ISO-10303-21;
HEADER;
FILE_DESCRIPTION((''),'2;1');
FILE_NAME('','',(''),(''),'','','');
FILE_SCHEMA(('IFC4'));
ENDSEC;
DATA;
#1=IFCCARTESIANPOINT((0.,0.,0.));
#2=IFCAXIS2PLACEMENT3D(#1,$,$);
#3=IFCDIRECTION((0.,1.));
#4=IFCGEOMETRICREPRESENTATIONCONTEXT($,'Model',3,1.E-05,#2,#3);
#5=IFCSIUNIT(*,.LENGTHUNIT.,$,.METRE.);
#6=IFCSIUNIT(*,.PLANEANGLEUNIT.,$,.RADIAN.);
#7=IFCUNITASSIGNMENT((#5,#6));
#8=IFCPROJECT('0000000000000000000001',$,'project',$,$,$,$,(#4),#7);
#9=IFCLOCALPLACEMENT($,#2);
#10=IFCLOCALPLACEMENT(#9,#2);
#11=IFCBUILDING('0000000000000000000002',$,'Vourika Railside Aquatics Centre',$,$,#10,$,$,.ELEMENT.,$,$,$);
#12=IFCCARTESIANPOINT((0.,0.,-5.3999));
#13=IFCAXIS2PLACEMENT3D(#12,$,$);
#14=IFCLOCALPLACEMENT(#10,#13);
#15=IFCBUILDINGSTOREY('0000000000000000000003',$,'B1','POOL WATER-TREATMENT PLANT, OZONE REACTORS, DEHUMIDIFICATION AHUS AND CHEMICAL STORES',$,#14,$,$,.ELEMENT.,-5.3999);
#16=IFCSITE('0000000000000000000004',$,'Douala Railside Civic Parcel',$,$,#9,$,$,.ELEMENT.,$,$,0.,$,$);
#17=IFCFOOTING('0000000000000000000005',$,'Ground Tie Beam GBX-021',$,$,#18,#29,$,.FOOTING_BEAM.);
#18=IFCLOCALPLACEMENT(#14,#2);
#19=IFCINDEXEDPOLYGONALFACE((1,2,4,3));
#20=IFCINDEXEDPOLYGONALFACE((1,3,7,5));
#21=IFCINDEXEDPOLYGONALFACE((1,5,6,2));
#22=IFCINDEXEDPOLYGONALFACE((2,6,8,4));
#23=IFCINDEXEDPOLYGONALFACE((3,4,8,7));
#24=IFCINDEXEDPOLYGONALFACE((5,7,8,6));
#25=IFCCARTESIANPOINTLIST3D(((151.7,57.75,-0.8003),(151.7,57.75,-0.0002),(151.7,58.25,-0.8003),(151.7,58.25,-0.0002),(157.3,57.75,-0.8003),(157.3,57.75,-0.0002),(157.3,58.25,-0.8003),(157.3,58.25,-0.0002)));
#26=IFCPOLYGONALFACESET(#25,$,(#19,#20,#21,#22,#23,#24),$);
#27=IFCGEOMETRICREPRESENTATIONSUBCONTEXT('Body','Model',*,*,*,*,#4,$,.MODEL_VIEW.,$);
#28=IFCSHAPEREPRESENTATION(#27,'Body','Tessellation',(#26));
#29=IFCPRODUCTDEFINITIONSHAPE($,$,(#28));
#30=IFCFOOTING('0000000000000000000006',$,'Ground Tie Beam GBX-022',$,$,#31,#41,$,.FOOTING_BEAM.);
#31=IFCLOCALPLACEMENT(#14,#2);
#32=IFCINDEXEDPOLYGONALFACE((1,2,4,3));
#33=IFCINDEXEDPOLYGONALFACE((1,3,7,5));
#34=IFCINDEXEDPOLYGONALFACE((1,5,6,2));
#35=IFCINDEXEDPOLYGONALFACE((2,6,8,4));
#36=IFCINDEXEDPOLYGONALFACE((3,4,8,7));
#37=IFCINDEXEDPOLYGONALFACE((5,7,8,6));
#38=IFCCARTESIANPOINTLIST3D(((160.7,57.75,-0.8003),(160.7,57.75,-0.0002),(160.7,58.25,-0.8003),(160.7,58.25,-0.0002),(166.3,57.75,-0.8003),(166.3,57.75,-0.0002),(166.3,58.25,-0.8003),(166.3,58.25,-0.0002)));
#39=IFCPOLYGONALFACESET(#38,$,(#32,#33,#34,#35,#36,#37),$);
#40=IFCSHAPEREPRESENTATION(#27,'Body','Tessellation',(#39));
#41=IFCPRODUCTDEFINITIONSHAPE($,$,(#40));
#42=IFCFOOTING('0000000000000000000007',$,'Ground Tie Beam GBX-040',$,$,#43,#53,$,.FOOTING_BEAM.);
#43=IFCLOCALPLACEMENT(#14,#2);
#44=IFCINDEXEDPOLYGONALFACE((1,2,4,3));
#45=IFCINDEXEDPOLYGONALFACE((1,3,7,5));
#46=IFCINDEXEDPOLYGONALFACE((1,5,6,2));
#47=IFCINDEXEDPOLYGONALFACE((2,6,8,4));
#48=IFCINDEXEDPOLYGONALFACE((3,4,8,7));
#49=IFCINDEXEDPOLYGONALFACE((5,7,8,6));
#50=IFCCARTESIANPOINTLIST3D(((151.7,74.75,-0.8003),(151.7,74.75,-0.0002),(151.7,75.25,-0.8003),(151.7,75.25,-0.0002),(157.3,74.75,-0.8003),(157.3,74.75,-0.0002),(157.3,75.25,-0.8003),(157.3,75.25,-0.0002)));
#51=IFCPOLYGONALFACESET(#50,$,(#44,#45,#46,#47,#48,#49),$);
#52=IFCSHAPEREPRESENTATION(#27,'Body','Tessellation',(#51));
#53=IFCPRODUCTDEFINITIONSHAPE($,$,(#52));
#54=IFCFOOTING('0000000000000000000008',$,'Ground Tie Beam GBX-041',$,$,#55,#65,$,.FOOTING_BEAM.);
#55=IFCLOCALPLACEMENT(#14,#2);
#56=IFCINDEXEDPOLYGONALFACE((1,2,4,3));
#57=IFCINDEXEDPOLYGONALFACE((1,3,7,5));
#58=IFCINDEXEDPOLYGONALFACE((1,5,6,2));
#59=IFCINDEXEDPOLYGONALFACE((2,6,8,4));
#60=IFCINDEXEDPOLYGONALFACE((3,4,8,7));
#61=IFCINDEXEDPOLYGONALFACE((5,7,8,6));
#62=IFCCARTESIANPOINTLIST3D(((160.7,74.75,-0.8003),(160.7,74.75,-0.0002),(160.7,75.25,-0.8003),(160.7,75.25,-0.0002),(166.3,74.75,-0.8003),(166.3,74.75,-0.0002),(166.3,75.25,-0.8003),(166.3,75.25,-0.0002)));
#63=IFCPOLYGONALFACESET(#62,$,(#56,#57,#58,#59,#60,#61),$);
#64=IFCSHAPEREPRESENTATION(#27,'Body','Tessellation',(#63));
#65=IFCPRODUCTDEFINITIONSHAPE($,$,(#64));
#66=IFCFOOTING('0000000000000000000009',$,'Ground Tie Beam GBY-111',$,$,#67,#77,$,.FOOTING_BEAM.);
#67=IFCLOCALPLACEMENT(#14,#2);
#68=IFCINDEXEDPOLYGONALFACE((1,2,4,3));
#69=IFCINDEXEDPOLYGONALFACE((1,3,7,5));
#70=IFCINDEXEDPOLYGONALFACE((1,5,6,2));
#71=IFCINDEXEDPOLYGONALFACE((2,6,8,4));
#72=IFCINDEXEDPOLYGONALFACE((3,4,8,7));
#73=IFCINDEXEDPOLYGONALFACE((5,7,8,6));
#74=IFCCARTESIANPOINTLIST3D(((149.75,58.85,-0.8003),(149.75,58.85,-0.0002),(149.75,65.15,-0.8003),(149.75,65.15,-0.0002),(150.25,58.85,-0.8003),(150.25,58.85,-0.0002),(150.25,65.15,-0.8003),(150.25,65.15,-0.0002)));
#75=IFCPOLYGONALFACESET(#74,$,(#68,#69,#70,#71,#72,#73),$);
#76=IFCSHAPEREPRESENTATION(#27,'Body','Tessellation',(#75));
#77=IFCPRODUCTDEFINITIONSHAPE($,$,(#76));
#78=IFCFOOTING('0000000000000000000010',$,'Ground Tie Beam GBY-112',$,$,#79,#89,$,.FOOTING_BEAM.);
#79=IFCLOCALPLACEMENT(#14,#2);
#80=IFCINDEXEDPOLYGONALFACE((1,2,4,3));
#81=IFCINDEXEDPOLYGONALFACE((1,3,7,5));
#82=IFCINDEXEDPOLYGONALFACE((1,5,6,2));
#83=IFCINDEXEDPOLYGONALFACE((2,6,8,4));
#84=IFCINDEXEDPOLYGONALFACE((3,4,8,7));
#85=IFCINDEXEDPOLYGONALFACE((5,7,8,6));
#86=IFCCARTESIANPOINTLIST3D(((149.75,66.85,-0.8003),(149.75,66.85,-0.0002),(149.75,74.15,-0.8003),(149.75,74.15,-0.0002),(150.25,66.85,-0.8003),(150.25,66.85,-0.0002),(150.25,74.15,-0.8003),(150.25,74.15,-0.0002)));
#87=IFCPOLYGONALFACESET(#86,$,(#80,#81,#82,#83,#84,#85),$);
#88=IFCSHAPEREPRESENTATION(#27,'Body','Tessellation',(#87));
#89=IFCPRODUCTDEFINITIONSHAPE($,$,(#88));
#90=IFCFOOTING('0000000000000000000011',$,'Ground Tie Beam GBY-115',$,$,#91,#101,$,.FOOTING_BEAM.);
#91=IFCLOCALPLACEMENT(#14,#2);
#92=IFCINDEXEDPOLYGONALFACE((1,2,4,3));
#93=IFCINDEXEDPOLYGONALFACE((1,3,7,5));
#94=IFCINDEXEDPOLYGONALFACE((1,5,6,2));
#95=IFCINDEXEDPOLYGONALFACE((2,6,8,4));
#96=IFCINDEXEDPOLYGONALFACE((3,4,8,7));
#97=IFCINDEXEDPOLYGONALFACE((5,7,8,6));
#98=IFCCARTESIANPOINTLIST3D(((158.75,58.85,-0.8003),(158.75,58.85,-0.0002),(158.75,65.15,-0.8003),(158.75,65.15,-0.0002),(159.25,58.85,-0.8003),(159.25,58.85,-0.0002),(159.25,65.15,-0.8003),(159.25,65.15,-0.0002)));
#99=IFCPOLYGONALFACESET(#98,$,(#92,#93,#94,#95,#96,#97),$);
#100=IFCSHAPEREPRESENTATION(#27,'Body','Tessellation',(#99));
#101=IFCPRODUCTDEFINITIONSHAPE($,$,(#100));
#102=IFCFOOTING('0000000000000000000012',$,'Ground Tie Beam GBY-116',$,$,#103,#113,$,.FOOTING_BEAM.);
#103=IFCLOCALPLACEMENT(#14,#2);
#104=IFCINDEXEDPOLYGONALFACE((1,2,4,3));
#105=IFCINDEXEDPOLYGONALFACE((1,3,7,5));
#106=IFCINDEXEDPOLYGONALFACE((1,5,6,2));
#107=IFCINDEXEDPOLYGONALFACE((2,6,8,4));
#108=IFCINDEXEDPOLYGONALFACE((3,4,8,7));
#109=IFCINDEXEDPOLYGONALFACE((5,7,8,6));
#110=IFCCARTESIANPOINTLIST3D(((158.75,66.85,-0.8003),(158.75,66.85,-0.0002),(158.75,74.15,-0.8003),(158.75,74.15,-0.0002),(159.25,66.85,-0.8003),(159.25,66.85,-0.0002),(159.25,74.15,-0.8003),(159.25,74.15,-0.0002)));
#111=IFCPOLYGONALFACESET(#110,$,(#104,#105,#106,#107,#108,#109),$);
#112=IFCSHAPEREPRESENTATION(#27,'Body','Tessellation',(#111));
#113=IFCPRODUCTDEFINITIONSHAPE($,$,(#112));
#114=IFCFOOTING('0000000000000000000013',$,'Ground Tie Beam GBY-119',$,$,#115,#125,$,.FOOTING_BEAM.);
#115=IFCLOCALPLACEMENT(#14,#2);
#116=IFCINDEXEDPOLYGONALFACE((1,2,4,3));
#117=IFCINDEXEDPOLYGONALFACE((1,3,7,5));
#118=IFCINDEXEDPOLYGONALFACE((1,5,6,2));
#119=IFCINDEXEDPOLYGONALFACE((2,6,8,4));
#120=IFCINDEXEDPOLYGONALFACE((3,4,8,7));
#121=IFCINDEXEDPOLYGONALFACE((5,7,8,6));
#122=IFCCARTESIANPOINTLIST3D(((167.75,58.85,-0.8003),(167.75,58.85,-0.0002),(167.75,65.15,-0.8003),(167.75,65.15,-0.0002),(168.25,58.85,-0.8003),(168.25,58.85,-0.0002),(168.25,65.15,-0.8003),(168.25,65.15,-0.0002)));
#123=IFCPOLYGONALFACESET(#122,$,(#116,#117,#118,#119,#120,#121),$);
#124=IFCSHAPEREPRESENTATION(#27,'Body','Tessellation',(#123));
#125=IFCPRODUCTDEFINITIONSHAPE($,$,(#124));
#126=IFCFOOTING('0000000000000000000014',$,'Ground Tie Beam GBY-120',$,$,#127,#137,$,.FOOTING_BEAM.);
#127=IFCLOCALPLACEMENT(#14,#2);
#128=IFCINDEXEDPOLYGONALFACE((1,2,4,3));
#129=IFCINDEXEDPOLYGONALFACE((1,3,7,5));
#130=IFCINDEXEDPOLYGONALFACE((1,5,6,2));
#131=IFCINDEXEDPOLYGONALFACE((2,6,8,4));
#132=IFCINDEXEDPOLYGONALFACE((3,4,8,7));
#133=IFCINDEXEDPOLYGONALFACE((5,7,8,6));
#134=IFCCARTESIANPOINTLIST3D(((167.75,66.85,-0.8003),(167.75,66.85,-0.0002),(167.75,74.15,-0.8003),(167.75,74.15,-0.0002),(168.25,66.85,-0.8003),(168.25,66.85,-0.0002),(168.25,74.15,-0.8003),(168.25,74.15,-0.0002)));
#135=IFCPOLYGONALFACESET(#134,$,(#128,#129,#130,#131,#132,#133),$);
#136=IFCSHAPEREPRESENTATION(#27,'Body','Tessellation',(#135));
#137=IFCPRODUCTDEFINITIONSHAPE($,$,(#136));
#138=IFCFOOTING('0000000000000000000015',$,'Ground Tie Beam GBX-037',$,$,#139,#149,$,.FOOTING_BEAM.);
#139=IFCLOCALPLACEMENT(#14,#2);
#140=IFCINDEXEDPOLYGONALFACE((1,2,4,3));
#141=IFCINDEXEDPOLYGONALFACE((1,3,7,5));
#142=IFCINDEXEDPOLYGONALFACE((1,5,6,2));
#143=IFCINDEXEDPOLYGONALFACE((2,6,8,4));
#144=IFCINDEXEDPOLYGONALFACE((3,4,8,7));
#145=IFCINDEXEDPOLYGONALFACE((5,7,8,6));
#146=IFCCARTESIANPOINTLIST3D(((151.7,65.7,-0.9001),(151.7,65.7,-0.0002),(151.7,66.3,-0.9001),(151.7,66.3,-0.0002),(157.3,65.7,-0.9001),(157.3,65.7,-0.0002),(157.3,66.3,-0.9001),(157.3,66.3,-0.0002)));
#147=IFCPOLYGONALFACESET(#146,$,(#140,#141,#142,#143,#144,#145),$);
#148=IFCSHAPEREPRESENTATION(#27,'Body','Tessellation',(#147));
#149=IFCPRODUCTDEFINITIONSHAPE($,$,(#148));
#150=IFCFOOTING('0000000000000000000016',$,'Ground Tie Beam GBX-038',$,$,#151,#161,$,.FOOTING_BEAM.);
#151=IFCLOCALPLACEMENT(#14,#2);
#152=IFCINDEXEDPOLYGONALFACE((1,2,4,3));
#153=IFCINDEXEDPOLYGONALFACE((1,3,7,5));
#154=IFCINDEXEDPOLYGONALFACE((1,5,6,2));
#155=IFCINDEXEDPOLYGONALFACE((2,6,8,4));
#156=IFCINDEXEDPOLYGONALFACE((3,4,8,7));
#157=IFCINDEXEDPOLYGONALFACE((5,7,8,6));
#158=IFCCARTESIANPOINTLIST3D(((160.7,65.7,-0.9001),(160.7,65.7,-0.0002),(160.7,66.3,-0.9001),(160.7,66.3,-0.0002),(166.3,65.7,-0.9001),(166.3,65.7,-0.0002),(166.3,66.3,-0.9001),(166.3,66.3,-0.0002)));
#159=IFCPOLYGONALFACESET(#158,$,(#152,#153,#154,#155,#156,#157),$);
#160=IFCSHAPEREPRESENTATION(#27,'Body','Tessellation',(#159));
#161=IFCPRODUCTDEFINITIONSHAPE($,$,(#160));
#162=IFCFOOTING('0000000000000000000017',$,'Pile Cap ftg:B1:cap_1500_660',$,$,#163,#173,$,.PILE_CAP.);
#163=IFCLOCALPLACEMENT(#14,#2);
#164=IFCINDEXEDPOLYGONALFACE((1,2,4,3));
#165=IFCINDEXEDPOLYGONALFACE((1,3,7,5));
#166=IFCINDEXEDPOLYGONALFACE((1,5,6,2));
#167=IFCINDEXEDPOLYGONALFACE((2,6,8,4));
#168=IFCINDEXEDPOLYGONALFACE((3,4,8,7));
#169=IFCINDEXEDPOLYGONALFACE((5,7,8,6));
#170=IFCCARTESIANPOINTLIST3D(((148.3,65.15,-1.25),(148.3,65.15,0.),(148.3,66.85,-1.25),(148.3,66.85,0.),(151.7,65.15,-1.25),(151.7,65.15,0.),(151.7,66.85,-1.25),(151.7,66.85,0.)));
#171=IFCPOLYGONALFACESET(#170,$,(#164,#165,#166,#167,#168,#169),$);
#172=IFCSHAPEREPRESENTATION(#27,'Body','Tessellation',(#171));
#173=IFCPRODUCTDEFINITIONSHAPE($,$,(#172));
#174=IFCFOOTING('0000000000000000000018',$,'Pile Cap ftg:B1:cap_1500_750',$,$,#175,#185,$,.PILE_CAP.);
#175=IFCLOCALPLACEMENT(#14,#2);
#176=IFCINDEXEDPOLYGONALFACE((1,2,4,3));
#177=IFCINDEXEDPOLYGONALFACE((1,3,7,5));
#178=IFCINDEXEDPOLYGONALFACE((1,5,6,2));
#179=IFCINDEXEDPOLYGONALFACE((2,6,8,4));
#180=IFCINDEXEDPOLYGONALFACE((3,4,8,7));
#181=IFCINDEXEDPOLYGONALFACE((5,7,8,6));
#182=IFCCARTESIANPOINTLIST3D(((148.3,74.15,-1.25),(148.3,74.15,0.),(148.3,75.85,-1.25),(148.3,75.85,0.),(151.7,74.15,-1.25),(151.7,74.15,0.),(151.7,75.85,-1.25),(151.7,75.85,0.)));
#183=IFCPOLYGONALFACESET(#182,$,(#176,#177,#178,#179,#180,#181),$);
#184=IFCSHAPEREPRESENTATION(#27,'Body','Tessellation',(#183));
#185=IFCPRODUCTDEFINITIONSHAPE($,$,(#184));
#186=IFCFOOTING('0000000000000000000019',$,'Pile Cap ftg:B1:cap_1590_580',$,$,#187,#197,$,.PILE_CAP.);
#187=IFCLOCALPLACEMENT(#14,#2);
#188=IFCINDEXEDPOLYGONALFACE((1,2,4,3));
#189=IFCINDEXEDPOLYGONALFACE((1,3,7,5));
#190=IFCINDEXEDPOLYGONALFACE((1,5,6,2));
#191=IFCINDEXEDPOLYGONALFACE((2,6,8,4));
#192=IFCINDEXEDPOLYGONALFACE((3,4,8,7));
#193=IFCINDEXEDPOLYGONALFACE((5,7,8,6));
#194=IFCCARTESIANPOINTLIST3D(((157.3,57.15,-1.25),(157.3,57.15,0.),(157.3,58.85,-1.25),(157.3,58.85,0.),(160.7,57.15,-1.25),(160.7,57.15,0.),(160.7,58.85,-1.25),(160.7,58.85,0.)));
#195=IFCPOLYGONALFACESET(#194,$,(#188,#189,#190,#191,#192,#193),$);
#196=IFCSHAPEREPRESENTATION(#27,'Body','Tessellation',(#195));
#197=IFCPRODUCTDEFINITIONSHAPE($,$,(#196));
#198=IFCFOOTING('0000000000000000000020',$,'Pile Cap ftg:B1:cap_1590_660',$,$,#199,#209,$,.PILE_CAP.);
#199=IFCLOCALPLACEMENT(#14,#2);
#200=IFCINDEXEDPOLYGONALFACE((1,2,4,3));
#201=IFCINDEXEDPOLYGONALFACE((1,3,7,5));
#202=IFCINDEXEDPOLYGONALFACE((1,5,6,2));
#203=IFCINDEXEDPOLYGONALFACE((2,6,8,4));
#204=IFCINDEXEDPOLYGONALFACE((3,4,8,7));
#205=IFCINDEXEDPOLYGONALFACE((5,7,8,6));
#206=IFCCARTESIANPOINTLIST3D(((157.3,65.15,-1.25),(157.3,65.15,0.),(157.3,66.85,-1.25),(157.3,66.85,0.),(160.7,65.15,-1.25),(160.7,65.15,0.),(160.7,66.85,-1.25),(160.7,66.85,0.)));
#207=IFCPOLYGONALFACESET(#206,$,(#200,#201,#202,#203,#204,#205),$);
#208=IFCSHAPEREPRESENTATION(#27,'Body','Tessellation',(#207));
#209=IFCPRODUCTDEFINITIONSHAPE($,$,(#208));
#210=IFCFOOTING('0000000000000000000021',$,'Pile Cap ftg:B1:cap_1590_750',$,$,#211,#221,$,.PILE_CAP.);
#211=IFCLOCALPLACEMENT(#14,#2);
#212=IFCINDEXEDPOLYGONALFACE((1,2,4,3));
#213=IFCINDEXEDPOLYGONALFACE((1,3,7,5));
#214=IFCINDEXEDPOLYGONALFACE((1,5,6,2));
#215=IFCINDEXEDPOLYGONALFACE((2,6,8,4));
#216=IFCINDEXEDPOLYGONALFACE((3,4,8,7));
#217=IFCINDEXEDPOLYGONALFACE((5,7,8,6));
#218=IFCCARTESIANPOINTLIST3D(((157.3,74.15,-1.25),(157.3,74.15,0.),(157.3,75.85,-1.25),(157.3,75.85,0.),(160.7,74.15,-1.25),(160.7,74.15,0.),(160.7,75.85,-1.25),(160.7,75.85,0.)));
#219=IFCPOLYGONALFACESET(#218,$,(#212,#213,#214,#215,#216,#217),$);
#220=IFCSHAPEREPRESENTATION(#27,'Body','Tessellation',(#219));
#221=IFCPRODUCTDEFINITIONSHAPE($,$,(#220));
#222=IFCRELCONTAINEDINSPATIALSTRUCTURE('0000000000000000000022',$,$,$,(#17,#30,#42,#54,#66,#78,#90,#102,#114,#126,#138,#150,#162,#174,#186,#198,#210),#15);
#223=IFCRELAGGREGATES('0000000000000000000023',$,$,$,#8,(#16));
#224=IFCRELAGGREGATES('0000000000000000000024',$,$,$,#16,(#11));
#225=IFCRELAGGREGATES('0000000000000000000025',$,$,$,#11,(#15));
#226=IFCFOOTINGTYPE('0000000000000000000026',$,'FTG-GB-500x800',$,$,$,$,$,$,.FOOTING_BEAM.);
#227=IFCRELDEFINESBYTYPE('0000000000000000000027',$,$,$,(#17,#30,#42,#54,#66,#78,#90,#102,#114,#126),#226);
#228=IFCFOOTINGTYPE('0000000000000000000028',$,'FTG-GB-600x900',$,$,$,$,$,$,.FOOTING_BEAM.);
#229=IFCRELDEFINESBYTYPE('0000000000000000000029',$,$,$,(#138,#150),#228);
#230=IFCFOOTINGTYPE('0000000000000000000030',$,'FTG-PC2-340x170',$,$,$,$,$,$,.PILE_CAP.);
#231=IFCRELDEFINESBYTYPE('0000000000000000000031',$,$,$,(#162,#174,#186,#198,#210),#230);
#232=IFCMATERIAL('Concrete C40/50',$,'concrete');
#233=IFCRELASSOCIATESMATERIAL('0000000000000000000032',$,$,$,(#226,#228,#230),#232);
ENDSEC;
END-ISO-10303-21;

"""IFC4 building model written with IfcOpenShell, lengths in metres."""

from ifc_helpers import new_model, si_unit, direction, frame, origin, origin_2d, place, context, subcontext, project, spatial, rectangle, extrude, material, type_object, element, save


model = new_model("IFC4")

# Units and contexts
model_context = context("Model", 3, precision=1e-05, world=origin(), true_north=direction((0.0, 1.0)))
body_context = subcontext(model_context, "Body", "Model", "MODEL_VIEW")
ifc_project = project(units=[si_unit("LENGTHUNIT", "METRE"), si_unit("PLANEANGLEUNIT", "RADIAN")], contexts=[model_context])

# Site, building, storey
site_placement = place(None, origin())
site = spatial("IfcSite", under=ifc_project, at=site_placement, Name="Douala Railside Civic Parcel", CompositionType="ELEMENT", RefElevation=0.0)
building_placement = place(site_placement, origin())
building = spatial("IfcBuilding", under=site, at=building_placement, Name="Vourika Railside Aquatics Centre", CompositionType="ELEMENT")
storey_placement = place(building_placement, frame((0.0, 0.0, -5.3999)))
storey = spatial("IfcBuildingStorey", under=building, at=storey_placement, Name="B1", Description="POOL WATER-TREATMENT PLANT, OZONE REACTORS, DEHUMIDIFICATION AHUS AND CHEMICAL STORES", CompositionType="ELEMENT", Elevation=-5.3999)

# Footings
ifc_material = material(Name="Concrete C40/50", Category="concrete")
footing_type_1 = type_object("IfcFootingType", Name="FTG-GB-500x800", PredefinedType="FOOTING_BEAM", material=ifc_material)
for number, where, z_axis, x_axis, name in (
    (1, (154.5, 58.0, -0.8003), (0.0, 0.0, 1.0), (1.0, 0.0, 0.0), "Ground Tie Beam GBX-021"),
    (2, (163.5, 58.0, -0.8003), (0.0, 0.0, 1.0), (1.0, 0.0, 0.0), "Ground Tie Beam GBX-022"),
    (3, (154.5, 75.0, -0.8003), (0.0, 0.0, 1.0), (1.0, 0.0, 0.0), "Ground Tie Beam GBX-040"),
    (4, (163.5, 75.0, -0.8003), (0.0, 0.0, 1.0), (1.0, 0.0, 0.0), "Ground Tie Beam GBX-041"),
):
    element("IfcFooting", number, at=place(storey_placement, frame(where, z_axis=z_axis, x_axis=x_axis)), inside=storey, type_object=footing_type_1, Name=name, PredefinedType="FOOTING_BEAM", context=body_context, shape_type="SweptSolid", body=[
        extrude(rectangle(XDim=5.6001, YDim=0.5, at=origin_2d()), origin(), (0.0, 0.0, 1.0), 0.8),
    ])
footing_1_placement = place(storey_placement, frame((150.0, 62.0, -0.8003), z_axis=(0.0, 0.0, 1.0), x_axis=(0.0, 1.0, 0.0)))
element("IfcFooting", 5, at=footing_1_placement, inside=storey, type_object=footing_type_1, Name="Ground Tie Beam GBY-111", PredefinedType="FOOTING_BEAM", context=body_context, shape_type="SweptSolid", body=[
    extrude(rectangle(XDim=6.3, YDim=0.5, at=origin_2d()), origin(), (0.0, 0.0, 1.0), 0.8),
])
footing_2_placement = place(storey_placement, frame((150.0, 70.5, -0.8003), z_axis=(0.0, 0.0, 1.0), x_axis=(0.0, 1.0, 0.0)))
element("IfcFooting", 6, at=footing_2_placement, inside=storey, type_object=footing_type_1, Name="Ground Tie Beam GBY-112", PredefinedType="FOOTING_BEAM", context=body_context, shape_type="SweptSolid", body=[
    extrude(rectangle(XDim=7.3, YDim=0.5, at=origin_2d()), origin(), (0.0, 0.0, 1.0), 0.8),
])
footing_3_placement = place(storey_placement, frame((159.0, 62.0, -0.8003), z_axis=(0.0, 0.0, 1.0), x_axis=(0.0, 1.0, 0.0)))
element("IfcFooting", 7, at=footing_3_placement, inside=storey, type_object=footing_type_1, Name="Ground Tie Beam GBY-115", PredefinedType="FOOTING_BEAM", context=body_context, shape_type="SweptSolid", body=[
    extrude(rectangle(XDim=6.3, YDim=0.5, at=origin_2d()), origin(), (0.0, 0.0, 1.0), 0.8),
])
footing_4_placement = place(storey_placement, frame((159.0, 70.5, -0.8003), z_axis=(0.0, 0.0, 1.0), x_axis=(0.0, 1.0, 0.0)))
element("IfcFooting", 8, at=footing_4_placement, inside=storey, type_object=footing_type_1, Name="Ground Tie Beam GBY-116", PredefinedType="FOOTING_BEAM", context=body_context, shape_type="SweptSolid", body=[
    extrude(rectangle(XDim=7.3, YDim=0.5, at=origin_2d()), origin(), (0.0, 0.0, 1.0), 0.8),
])
footing_5_placement = place(storey_placement, frame((168.0, 62.0, -0.8003), z_axis=(0.0, 0.0, 1.0), x_axis=(0.0, 1.0, 0.0)))
element("IfcFooting", 9, at=footing_5_placement, inside=storey, type_object=footing_type_1, Name="Ground Tie Beam GBY-119", PredefinedType="FOOTING_BEAM", context=body_context, shape_type="SweptSolid", body=[
    extrude(rectangle(XDim=6.3, YDim=0.5, at=origin_2d()), origin(), (0.0, 0.0, 1.0), 0.8),
])
footing_6_placement = place(storey_placement, frame((168.0, 70.5, -0.8003), z_axis=(0.0, 0.0, 1.0), x_axis=(0.0, 1.0, 0.0)))
element("IfcFooting", 10, at=footing_6_placement, inside=storey, type_object=footing_type_1, Name="Ground Tie Beam GBY-120", PredefinedType="FOOTING_BEAM", context=body_context, shape_type="SweptSolid", body=[
    extrude(rectangle(XDim=7.3, YDim=0.5, at=origin_2d()), origin(), (0.0, 0.0, 1.0), 0.8),
])
footing_type_2 = type_object("IfcFootingType", Name="FTG-GB-600x900", PredefinedType="FOOTING_BEAM", material=ifc_material)
for number, where, z_axis, x_axis, name in (
    (11, (154.5, 66.0, -0.9001), (0.0, 0.0, 1.0), (1.0, 0.0, 0.0), "Ground Tie Beam GBX-037"),
    (12, (163.5, 66.0, -0.9001), (0.0, 0.0, 1.0), (1.0, 0.0, 0.0), "Ground Tie Beam GBX-038"),
):
    element("IfcFooting", number, at=place(storey_placement, frame(where, z_axis=z_axis, x_axis=x_axis)), inside=storey, type_object=footing_type_2, Name=name, PredefinedType="FOOTING_BEAM", context=body_context, shape_type="SweptSolid", body=[
        extrude(rectangle(XDim=5.6001, YDim=0.6001, at=origin_2d()), origin(), (0.0, 0.0, 1.0), 0.8999),
    ])
footing_type_3 = type_object("IfcFootingType", Name="FTG-PC2-340x170", PredefinedType="PILE_CAP", material=ifc_material)
for number, where, z_axis, x_axis, name in (
    (13, (150.0, 66.0, -1.25), (0.0, 0.0, 1.0), (1.0, 0.0, 0.0), "Pile Cap ftg:B1:cap_1500_660"),
    (14, (150.0, 75.0, -1.25), (0.0, 0.0, 1.0), (1.0, 0.0, 0.0), "Pile Cap ftg:B1:cap_1500_750"),
    (15, (159.0, 58.0, -1.25), (0.0, 0.0, 1.0), (1.0, 0.0, 0.0), "Pile Cap ftg:B1:cap_1590_580"),
    (16, (159.0, 66.0, -1.25), (0.0, 0.0, 1.0), (1.0, 0.0, 0.0), "Pile Cap ftg:B1:cap_1590_660"),
    (17, (159.0, 75.0, -1.25), (0.0, 0.0, 1.0), (1.0, 0.0, 0.0), "Pile Cap ftg:B1:cap_1590_750"),
):
    element("IfcFooting", number, at=place(storey_placement, frame(where, z_axis=z_axis, x_axis=x_axis)), inside=storey, type_object=footing_type_3, Name=name, PredefinedType="PILE_CAP", context=body_context, shape_type="SweptSolid", body=[
        extrude(rectangle(XDim=3.3999, YDim=1.7, at=origin_2d()), origin(), (0.0, 0.0, 1.0), 1.25),
    ])

save(model, "model.ifc")
